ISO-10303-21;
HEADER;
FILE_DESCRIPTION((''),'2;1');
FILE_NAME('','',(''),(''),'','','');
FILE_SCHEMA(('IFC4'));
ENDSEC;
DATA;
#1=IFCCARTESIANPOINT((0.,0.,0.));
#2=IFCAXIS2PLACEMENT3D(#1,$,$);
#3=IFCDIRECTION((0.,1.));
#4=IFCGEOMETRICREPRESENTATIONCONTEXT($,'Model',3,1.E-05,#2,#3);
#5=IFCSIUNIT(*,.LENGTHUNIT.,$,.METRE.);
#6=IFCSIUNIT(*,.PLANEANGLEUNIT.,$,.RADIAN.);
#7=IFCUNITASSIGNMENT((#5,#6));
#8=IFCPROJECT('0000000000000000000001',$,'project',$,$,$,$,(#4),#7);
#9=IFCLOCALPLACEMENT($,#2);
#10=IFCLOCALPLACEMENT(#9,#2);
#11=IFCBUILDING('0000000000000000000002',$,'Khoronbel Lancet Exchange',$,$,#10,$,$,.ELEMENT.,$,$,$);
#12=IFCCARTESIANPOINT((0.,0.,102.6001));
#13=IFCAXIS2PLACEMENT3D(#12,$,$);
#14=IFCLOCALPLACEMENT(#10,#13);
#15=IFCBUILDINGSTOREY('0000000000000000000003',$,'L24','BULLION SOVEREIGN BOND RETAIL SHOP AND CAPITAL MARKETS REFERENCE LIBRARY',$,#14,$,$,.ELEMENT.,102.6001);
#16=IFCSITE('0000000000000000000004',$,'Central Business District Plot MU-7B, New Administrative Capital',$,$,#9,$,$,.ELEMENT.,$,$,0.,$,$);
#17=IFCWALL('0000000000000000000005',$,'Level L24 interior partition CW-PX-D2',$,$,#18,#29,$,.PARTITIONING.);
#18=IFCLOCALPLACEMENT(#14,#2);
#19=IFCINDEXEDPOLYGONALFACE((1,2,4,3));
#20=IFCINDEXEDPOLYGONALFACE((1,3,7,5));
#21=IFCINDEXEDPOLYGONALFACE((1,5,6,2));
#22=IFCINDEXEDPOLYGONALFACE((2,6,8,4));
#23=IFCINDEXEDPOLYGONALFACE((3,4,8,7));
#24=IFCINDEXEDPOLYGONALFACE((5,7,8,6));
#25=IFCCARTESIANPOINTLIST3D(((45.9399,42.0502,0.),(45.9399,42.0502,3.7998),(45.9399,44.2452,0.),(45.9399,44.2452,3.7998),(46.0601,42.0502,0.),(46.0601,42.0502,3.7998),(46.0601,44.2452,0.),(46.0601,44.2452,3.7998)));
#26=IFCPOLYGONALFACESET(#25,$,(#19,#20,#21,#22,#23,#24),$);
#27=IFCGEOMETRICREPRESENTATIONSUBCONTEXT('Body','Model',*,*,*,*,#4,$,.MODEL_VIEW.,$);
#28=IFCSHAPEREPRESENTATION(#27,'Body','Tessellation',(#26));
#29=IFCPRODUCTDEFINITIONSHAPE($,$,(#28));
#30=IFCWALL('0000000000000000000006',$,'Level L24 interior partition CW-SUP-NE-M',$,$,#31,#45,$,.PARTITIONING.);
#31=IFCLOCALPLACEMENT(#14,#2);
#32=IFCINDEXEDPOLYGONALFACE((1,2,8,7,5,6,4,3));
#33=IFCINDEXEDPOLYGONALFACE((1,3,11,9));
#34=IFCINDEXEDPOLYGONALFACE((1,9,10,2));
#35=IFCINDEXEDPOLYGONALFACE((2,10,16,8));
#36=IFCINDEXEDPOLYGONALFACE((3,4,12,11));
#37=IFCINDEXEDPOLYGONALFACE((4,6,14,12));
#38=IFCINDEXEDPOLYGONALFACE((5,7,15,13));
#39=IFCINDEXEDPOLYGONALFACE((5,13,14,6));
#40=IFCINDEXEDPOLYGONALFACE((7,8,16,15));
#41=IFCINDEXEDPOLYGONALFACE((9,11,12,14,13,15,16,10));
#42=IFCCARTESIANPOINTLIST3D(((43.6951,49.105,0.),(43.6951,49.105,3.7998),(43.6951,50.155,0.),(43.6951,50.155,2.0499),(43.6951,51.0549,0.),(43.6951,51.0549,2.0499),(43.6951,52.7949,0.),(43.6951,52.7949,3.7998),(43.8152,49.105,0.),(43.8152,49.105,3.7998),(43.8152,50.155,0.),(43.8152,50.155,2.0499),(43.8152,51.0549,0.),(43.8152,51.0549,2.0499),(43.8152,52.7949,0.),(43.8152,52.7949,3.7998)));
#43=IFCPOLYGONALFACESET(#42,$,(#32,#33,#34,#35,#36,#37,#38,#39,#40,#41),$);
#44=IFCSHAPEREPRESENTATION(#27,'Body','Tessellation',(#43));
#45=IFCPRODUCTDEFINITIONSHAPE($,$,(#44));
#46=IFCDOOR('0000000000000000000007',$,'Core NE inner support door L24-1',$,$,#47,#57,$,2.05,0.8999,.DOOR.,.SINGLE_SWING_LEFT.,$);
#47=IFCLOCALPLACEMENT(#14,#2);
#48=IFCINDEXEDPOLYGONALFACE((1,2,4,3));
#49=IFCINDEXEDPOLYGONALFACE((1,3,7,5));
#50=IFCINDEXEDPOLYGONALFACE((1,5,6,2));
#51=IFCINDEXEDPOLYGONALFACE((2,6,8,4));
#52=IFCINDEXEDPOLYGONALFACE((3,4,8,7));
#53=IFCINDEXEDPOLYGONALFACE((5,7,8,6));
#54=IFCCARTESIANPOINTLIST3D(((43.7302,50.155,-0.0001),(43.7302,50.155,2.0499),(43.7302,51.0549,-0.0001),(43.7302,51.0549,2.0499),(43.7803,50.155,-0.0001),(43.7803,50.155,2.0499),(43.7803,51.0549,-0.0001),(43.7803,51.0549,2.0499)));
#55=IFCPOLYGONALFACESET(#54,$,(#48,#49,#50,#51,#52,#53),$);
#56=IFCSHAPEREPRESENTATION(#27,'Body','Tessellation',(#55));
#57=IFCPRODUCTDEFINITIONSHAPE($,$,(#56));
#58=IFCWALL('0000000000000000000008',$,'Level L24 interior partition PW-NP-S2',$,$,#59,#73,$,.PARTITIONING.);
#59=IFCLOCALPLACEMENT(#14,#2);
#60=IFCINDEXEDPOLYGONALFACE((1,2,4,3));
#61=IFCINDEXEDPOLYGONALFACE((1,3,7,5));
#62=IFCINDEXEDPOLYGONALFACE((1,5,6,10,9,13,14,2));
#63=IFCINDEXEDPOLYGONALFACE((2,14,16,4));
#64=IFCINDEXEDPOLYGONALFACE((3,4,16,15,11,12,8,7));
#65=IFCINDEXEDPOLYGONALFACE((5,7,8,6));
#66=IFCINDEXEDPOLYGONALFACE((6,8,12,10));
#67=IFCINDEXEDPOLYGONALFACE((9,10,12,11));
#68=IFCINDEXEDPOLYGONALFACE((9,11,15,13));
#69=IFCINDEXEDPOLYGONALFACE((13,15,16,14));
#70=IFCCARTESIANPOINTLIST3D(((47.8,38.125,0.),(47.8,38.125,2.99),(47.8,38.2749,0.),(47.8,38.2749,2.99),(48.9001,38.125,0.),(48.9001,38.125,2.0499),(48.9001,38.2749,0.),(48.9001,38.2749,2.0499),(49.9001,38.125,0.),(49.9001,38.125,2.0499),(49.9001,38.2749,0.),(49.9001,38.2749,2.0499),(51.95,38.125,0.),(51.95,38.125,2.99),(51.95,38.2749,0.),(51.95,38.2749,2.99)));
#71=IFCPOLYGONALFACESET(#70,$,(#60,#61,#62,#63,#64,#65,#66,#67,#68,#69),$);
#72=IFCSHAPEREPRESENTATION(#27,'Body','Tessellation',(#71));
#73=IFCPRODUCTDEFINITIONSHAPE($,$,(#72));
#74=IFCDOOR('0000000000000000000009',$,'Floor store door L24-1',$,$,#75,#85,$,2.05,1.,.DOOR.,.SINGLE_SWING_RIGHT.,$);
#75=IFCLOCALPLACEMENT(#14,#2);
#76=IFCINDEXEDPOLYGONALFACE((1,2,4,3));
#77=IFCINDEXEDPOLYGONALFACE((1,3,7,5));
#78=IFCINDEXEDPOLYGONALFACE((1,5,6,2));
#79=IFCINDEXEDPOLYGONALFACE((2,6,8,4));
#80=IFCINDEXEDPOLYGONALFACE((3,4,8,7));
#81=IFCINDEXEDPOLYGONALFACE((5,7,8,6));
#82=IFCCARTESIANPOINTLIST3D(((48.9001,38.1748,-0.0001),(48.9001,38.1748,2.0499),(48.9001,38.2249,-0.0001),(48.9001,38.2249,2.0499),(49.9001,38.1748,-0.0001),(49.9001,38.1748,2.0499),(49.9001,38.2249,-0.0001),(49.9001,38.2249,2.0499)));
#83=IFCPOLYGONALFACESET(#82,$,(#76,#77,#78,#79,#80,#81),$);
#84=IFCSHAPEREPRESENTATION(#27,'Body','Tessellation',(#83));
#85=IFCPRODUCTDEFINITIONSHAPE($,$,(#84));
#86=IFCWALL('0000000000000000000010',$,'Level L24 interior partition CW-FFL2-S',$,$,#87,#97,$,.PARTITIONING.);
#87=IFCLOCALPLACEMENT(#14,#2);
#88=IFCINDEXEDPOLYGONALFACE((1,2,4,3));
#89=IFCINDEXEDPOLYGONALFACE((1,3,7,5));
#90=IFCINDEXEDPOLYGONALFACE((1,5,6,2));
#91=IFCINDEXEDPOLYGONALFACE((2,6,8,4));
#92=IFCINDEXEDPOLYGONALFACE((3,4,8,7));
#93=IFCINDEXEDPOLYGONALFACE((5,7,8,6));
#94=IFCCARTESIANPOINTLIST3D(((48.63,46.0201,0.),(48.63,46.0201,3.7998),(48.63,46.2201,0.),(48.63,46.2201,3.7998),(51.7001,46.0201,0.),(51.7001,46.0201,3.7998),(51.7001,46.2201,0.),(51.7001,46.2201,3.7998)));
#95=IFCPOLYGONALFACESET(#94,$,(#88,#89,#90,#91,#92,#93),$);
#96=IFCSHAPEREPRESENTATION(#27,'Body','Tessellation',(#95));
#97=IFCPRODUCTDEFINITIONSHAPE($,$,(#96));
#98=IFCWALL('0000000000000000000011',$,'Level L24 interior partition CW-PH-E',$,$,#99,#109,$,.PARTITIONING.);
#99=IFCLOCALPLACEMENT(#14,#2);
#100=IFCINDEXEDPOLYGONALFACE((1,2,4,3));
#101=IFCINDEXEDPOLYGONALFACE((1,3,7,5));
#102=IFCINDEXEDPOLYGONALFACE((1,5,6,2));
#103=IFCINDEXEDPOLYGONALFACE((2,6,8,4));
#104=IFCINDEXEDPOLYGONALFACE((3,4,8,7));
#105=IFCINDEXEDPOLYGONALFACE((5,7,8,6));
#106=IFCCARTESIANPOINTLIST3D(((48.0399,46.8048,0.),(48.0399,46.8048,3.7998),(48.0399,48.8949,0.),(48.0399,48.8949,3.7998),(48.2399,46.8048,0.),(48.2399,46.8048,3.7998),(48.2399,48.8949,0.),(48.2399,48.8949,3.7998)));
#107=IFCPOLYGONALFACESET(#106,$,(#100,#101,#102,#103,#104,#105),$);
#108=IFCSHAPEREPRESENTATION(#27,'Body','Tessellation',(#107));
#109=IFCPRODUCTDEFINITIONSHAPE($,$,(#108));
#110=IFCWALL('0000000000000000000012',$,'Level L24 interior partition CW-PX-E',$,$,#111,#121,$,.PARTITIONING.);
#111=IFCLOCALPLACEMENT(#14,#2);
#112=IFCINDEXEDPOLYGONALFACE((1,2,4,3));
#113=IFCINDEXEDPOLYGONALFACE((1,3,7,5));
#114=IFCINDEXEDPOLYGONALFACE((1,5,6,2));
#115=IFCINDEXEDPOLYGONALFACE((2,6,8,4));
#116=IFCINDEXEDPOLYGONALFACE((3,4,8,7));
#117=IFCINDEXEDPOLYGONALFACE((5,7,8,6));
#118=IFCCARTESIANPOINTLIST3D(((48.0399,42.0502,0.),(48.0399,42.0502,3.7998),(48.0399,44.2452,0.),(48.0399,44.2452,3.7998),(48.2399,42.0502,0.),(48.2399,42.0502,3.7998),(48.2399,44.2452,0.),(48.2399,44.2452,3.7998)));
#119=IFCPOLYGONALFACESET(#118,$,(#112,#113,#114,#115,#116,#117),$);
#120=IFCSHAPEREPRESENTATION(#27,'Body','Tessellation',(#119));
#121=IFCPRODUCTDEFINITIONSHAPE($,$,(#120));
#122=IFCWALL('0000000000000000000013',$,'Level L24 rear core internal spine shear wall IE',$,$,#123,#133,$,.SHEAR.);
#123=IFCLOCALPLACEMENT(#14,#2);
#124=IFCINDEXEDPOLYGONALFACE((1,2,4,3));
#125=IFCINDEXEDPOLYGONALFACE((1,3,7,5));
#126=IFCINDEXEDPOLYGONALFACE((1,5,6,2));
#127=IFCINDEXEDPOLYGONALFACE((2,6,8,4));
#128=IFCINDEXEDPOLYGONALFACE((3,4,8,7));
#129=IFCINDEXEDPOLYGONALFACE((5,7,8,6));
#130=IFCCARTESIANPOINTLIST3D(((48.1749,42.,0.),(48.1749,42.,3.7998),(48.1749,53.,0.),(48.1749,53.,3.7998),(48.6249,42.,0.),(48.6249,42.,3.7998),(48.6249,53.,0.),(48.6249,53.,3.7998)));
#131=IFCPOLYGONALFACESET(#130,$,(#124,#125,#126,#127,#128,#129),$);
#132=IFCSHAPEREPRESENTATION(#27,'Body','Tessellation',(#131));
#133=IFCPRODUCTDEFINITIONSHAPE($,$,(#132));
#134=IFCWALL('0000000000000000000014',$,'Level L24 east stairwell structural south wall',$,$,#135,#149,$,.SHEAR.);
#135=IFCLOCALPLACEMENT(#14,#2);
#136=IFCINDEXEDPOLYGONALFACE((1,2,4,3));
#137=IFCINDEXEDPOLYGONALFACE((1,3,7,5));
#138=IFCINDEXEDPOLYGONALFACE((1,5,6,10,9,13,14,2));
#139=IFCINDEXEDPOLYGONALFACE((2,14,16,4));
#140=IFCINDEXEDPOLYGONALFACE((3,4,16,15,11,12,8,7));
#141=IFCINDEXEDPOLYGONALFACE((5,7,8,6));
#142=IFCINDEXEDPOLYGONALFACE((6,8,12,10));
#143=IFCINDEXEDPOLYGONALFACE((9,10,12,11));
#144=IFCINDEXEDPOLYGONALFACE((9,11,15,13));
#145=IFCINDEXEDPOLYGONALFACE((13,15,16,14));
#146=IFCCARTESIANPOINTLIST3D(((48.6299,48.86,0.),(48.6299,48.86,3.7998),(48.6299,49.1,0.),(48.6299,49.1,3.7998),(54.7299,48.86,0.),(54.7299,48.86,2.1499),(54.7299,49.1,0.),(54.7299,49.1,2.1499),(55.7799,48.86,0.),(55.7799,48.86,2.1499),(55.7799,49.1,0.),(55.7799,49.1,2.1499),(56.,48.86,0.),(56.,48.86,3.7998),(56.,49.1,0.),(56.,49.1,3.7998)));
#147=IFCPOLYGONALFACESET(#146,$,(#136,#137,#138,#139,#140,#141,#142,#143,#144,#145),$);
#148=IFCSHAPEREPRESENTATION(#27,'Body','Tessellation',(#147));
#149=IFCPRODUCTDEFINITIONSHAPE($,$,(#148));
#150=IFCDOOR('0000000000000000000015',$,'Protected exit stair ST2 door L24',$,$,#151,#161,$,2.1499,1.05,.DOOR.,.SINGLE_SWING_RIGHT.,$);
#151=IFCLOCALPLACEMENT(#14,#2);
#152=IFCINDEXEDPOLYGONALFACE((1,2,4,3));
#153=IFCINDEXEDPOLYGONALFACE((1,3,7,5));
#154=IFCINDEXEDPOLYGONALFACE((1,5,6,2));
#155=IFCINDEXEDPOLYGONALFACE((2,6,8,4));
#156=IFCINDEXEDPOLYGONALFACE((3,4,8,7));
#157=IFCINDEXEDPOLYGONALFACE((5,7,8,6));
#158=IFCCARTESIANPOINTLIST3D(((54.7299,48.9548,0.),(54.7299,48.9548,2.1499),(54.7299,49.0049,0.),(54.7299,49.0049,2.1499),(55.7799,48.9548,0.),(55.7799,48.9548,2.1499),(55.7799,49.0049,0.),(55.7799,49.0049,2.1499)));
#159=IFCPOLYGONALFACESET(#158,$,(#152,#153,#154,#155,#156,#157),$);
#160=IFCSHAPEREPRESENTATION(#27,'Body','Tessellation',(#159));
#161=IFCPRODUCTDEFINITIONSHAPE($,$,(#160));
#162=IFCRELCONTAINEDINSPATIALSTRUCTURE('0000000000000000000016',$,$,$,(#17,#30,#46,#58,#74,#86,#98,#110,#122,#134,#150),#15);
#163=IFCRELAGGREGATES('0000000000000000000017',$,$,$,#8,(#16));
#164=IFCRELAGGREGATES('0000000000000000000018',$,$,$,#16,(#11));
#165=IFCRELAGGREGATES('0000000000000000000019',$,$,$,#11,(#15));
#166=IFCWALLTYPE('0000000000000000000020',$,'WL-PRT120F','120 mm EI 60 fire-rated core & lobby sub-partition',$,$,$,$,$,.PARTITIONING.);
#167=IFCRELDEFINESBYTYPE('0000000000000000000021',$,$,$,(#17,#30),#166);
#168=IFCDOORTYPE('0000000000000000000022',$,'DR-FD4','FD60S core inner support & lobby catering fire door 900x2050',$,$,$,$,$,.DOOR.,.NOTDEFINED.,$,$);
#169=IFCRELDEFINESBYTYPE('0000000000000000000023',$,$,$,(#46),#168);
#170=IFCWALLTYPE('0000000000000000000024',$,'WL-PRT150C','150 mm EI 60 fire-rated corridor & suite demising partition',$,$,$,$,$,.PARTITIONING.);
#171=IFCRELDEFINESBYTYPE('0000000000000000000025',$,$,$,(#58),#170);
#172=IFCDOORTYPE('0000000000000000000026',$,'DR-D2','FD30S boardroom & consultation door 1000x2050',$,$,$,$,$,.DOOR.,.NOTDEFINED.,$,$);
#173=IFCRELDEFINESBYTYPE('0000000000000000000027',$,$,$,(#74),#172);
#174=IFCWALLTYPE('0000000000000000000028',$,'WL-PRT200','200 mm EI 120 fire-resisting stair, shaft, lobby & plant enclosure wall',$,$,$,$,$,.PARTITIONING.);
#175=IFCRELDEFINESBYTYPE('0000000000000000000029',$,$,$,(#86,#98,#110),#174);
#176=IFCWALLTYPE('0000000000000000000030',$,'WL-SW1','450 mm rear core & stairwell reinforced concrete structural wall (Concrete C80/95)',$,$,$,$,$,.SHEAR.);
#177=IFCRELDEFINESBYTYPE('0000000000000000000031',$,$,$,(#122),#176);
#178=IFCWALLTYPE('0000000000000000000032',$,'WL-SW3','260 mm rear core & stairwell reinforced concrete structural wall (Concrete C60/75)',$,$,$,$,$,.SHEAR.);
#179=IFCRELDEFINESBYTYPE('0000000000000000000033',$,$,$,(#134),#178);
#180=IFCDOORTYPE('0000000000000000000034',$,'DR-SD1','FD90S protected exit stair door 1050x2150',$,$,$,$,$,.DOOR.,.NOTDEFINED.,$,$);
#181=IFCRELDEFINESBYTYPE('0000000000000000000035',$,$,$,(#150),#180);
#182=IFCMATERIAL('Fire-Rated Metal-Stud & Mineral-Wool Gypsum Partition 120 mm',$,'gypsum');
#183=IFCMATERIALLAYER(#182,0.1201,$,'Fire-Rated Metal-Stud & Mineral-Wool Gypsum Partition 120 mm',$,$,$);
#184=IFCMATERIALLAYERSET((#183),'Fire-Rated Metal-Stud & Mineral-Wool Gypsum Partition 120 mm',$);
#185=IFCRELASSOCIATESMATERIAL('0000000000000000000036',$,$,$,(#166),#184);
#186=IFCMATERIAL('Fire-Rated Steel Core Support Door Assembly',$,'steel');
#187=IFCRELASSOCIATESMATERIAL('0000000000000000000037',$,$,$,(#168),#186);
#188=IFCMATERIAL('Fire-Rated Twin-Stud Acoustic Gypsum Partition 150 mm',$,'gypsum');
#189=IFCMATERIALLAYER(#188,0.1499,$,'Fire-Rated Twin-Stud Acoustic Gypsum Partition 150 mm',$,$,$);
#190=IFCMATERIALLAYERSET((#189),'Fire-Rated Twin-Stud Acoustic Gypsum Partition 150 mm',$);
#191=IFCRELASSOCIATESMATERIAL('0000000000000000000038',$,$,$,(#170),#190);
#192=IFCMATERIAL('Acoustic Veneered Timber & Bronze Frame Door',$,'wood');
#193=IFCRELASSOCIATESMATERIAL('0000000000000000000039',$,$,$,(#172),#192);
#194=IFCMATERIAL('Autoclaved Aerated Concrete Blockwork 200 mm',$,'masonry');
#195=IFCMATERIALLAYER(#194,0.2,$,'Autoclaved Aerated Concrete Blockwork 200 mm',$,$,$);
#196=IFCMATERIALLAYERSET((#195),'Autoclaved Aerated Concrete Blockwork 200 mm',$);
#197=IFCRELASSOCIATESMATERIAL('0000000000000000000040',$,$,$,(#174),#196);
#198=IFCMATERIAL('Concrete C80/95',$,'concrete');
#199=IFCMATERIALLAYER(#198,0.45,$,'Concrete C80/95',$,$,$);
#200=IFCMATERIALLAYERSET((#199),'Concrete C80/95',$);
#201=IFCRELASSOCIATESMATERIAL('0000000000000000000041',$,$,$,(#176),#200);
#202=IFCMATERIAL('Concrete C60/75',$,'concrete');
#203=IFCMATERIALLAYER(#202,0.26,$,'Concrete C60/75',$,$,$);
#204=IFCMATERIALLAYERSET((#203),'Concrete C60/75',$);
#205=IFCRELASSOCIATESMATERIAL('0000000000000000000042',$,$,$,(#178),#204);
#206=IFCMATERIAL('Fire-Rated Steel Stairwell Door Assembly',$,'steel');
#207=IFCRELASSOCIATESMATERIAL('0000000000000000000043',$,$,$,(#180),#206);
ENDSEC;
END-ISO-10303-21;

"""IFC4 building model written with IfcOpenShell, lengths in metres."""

from ifc_helpers import new_model, si_unit, direction, frame, frame_2d, origin, place, context, subcontext, project, spatial, rectangle, extrude, material, layer, layer_set, type_object, element, fill, save


model = new_model("IFC4")

# Units and contexts
model_context = context("Model", 3, precision=1e-05, world=origin(), true_north=direction((0.0, 1.0)))
body_context = subcontext(model_context, "Body", "Model", "MODEL_VIEW")
ifc_project = project(units=[si_unit("LENGTHUNIT", "METRE"), si_unit("PLANEANGLEUNIT", "RADIAN")], contexts=[model_context])

# Site, building, storey
site_placement = place(None, origin())
site = spatial("IfcSite", under=ifc_project, at=site_placement, Name="Central Business District Plot MU-7B, New Administrative Capital", CompositionType="ELEMENT", RefElevation=0.0)
building_placement = place(site_placement, origin())
building = spatial("IfcBuilding", under=site, at=building_placement, Name="Khoronbel Lancet Exchange", CompositionType="ELEMENT")
storey_placement = place(building_placement, frame((0.0, 0.0, 102.6001)))
storey = spatial("IfcBuildingStorey", under=building, at=storey_placement, Name="L24", Description="BULLION SOVEREIGN BOND RETAIL SHOP AND CAPITAL MARKETS REFERENCE LIBRARY", CompositionType="ELEMENT", Elevation=102.6001)

# Wall
ifc_material_1 = material(Name="Fire-Rated Metal-Stud & Mineral-Wool Gypsum Partition 120 mm", Category="gypsum")
ifc_layer_1 = layer(ifc_material_1, 0.1201, Name="Fire-Rated Metal-Stud & Mineral-Wool Gypsum Partition 120 mm")
ifc_layer_set_1 = layer_set([ifc_layer_1], Name="Fire-Rated Metal-Stud & Mineral-Wool Gypsum Partition 120 mm")
wall_type_1 = type_object("IfcWallType", Name="WL-PRT120F", Description="120 mm EI 60 fire-rated core & lobby sub-partition", PredefinedType="PARTITIONING", material=ifc_layer_set_1)
for number, where, z_axis, x_axis, name in (
    (1, (46.0, 42.05, 0.0), (0.0, 0.0, 1.0), (0.0, 1.0, 0.0), "Level L24 interior partition CW-PX-D2"),
):
    element("IfcWall", number, at=place(storey_placement, frame(where, z_axis=z_axis, x_axis=x_axis)), inside=storey, type_object=wall_type_1, Name=name, PredefinedType="PARTITIONING", context=body_context, shape_type="SweptSolid", body=[
        extrude(rectangle(XDim=2.1951, YDim=0.1201, at=frame_2d((1.0977, 0.0))), origin(), (0.0, 0.0, 1.0), 3.7998),
    ])

# Walls, openings, doors
wall_1_placement = place(storey_placement, frame((43.7551, 49.105, 0.0), z_axis=(0.0, 0.0, 1.0), x_axis=(0.0, 1.0, 0.0)))
wall_1 = element("IfcWall", 2, at=wall_1_placement, inside=storey, type_object=wall_type_1, Name="Level L24 interior partition CW-SUP-NE-M", PredefinedType="PARTITIONING", context=body_context, shape_type="SweptSolid", body=[
    extrude(rectangle(XDim=3.6899, YDim=0.1201, at=frame_2d((1.845, 0.0))), origin(), (0.0, 0.0, 1.0), 3.7998),
])
opening_1_placement = place(wall_1_placement, frame((1.05, 0.0, 0.0)))
opening_1 = element("IfcOpeningElement", 3, at=opening_1_placement, cuts=wall_1, PredefinedType="OPENING", context=body_context, shape_type="SweptSolid", body=[
    extrude(rectangle(XDim=0.8999, YDim=2.05, at=frame_2d((0.45, 1.0249))), frame((0.0, 0.0701, 0.0), z_axis=(0.0, -1.0, 0.0), x_axis=(1.0, 0.0, 0.0)), (0.0, 0.0, 1.0), 0.1401),
])
ifc_material_2 = material(Name="Fire-Rated Steel Core Support Door Assembly", Category="steel")
door_type_1 = type_object("IfcDoorType", Name="DR-FD4", Description="FD60S core inner support & lobby catering fire door 900x2050", OperationType="NOTDEFINED", PredefinedType="DOOR", material=ifc_material_2)
door_1_placement = place(opening_1_placement, origin())
door_1 = element("IfcDoor", 4, at=door_1_placement, inside=storey, type_object=door_type_1, Name="Core NE inner support door L24-1", OperationType="SINGLE_SWING_LEFT", OverallHeight=2.05, OverallWidth=0.8999, PredefinedType="DOOR", context=body_context, shape_type="SweptSolid", body=[
    extrude(rectangle(XDim=0.8999, YDim=2.05, at=frame_2d((0.45, 1.0249))), frame((0.0, 0.0249, 0.0), z_axis=(0.0, -1.0, 0.0), x_axis=(1.0, 0.0, 0.0)), (0.0, 0.0, 1.0), 0.05),
])
fill(opening_1, door_1)
ifc_material_3 = material(Name="Fire-Rated Twin-Stud Acoustic Gypsum Partition 150 mm", Category="gypsum")
ifc_layer_2 = layer(ifc_material_3, 0.1499, Name="Fire-Rated Twin-Stud Acoustic Gypsum Partition 150 mm")
ifc_layer_set_2 = layer_set([ifc_layer_2], Name="Fire-Rated Twin-Stud Acoustic Gypsum Partition 150 mm")
wall_type_2 = type_object("IfcWallType", Name="WL-PRT150C", Description="150 mm EI 60 fire-rated corridor & suite demising partition", PredefinedType="PARTITIONING", material=ifc_layer_set_2)
wall_2_placement = place(storey_placement, frame((47.8, 38.2, 0.0), z_axis=(0.0, 0.0, 1.0), x_axis=(1.0, 0.0, 0.0)))
wall_2 = element("IfcWall", 5, at=wall_2_placement, inside=storey, type_object=wall_type_2, Name="Level L24 interior partition PW-NP-S2", PredefinedType="PARTITIONING", context=body_context, shape_type="SweptSolid", body=[
    extrude(rectangle(XDim=4.1499, YDim=0.1499, at=frame_2d((2.075, 0.0))), origin(), (0.0, 0.0, 1.0), 2.99),
])
opening_2_placement = place(wall_2_placement, frame((1.1001, 0.0, 0.0)))
opening_2 = element("IfcOpeningElement", 6, at=opening_2_placement, cuts=wall_2, PredefinedType="OPENING", context=body_context, shape_type="SweptSolid", body=[
    extrude(rectangle(XDim=1.0, YDim=2.05, at=frame_2d((0.5, 1.0249))), frame((0.0, 0.085, 0.0), z_axis=(0.0, -1.0, 0.0), x_axis=(1.0, 0.0, 0.0)), (0.0, 0.0, 1.0), 0.1699),
])
ifc_material_4 = material(Name="Acoustic Veneered Timber & Bronze Frame Door", Category="wood")
door_type_2 = type_object("IfcDoorType", Name="DR-D2", Description="FD30S boardroom & consultation door 1000x2050", OperationType="NOTDEFINED", PredefinedType="DOOR", material=ifc_material_4)
door_2_placement = place(opening_2_placement, origin())
door_2 = element("IfcDoor", 7, at=door_2_placement, inside=storey, type_object=door_type_2, Name="Floor store door L24-1", OperationType="SINGLE_SWING_RIGHT", OverallHeight=2.05, OverallWidth=1.0, PredefinedType="DOOR", context=body_context, shape_type="SweptSolid", body=[
    extrude(rectangle(XDim=1.0, YDim=2.05, at=frame_2d((0.5, 1.0249))), frame((0.0, 0.0249, 0.0), z_axis=(0.0, -1.0, 0.0), x_axis=(1.0, 0.0, 0.0)), (0.0, 0.0, 1.0), 0.05),
])
fill(opening_2, door_2)

# Walls
ifc_material_5 = material(Name="Autoclaved Aerated Concrete Blockwork 200 mm", Category="masonry")
ifc_layer_3 = layer(ifc_material_5, 0.2, Name="Autoclaved Aerated Concrete Blockwork 200 mm")
ifc_layer_set_3 = layer_set([ifc_layer_3], Name="Autoclaved Aerated Concrete Blockwork 200 mm")
wall_type_3 = type_object("IfcWallType", Name="WL-PRT200", Description="200 mm EI 120 fire-resisting stair, shaft, lobby & plant enclosure wall", PredefinedType="PARTITIONING", material=ifc_layer_set_3)
wall_3_placement = place(storey_placement, frame((48.6299, 46.1201, 0.0), z_axis=(0.0, 0.0, 1.0), x_axis=(1.0, 0.0, 0.0)))
element("IfcWall", 8, at=wall_3_placement, inside=storey, type_object=wall_type_3, Name="Level L24 interior partition CW-FFL2-S", PredefinedType="PARTITIONING", context=body_context, shape_type="SweptSolid", body=[
    extrude(rectangle(XDim=3.0701, YDim=0.2, at=frame_2d((1.5352, 0.0))), origin(), (0.0, 0.0, 1.0), 3.7998),
])
wall_4_placement = place(storey_placement, frame((48.1399, 46.8049, 0.0), z_axis=(0.0, 0.0, 1.0), x_axis=(0.0, 1.0, 0.0)))
element("IfcWall", 9, at=wall_4_placement, inside=storey, type_object=wall_type_3, Name="Level L24 interior partition CW-PH-E", PredefinedType="PARTITIONING", context=body_context, shape_type="SweptSolid", body=[
    extrude(rectangle(XDim=2.0901, YDim=0.2, at=frame_2d((1.0449, 0.0))), origin(), (0.0, 0.0, 1.0), 3.7998),
])
wall_5_placement = place(storey_placement, frame((48.1399, 42.05, 0.0), z_axis=(0.0, 0.0, 1.0), x_axis=(0.0, 1.0, 0.0)))
element("IfcWall", 10, at=wall_5_placement, inside=storey, type_object=wall_type_3, Name="Level L24 interior partition CW-PX-E", PredefinedType="PARTITIONING", context=body_context, shape_type="SweptSolid", body=[
    extrude(rectangle(XDim=2.1951, YDim=0.2, at=frame_2d((1.0977, 0.0))), origin(), (0.0, 0.0, 1.0), 3.7998),
])
ifc_material_6 = material(Name="Concrete C80/95", Category="concrete")
ifc_layer_4 = layer(ifc_material_6, 0.45, Name="Concrete C80/95")
ifc_layer_set_4 = layer_set([ifc_layer_4], Name="Concrete C80/95")
wall_type_4 = type_object("IfcWallType", Name="WL-SW1", Description="450 mm rear core & stairwell reinforced concrete structural wall (Concrete C80/95)", PredefinedType="SHEAR", material=ifc_layer_set_4)
wall_6_placement = place(storey_placement, frame((48.3999, 42.0, 0.0), z_axis=(0.0, 0.0, 1.0), x_axis=(0.0, 1.0, 0.0)))
element("IfcWall", 11, at=wall_6_placement, inside=storey, type_object=wall_type_4, Name="Level L24 rear core internal spine shear wall IE", PredefinedType="SHEAR", context=body_context, shape_type="SweptSolid", body=[
    extrude(rectangle(XDim=11.0, YDim=0.45, at=frame_2d((5.5, 0.0))), origin(), (0.0, 0.0, 1.0), 3.7998),
])

# Wall, opening, door
ifc_material_7 = material(Name="Concrete C60/75", Category="concrete")
ifc_layer_5 = layer(ifc_material_7, 0.26, Name="Concrete C60/75")
ifc_layer_set_5 = layer_set([ifc_layer_5], Name="Concrete C60/75")
wall_type_5 = type_object("IfcWallType", Name="WL-SW3", Description="260 mm rear core & stairwell reinforced concrete structural wall (Concrete C60/75)", PredefinedType="SHEAR", material=ifc_layer_set_5)
wall_7_placement = place(storey_placement, frame((48.6299, 48.98, 0.0), z_axis=(0.0, 0.0, 1.0), x_axis=(1.0, 0.0, 0.0)))
wall_7 = element("IfcWall", 12, at=wall_7_placement, inside=storey, type_object=wall_type_5, Name="Level L24 east stairwell structural south wall", PredefinedType="SHEAR", context=body_context, shape_type="SweptSolid", body=[
    extrude(rectangle(XDim=7.3701, YDim=0.24, at=frame_2d((3.6851, 0.0))), origin(), (0.0, 0.0, 1.0), 3.7998),
])
opening_3_placement = place(wall_7_placement, frame((6.1001, 0.0, 0.0)))
opening_3 = element("IfcOpeningElement", 13, at=opening_3_placement, cuts=wall_7, PredefinedType="OPENING", context=body_context, shape_type="SweptSolid", body=[
    extrude(rectangle(XDim=1.05, YDim=2.1499, at=frame_2d((0.5249, 1.075))), frame((0.0, 0.1299, 0.0), z_axis=(0.0, -1.0, 0.0), x_axis=(1.0, 0.0, 0.0)), (0.0, 0.0, 1.0), 0.26),
])
ifc_material_8 = material(Name="Fire-Rated Steel Stairwell Door Assembly", Category="steel")
door_type_3 = type_object("IfcDoorType", Name="DR-SD1", Description="FD90S protected exit stair door 1050x2150", OperationType="NOTDEFINED", PredefinedType="DOOR", material=ifc_material_8)
door_3_placement = place(opening_3_placement, origin())
door_3 = element("IfcDoor", 14, at=door_3_placement, inside=storey, type_object=door_type_3, Name="Protected exit stair ST2 door L24", OperationType="SINGLE_SWING_RIGHT", OverallHeight=2.1499, OverallWidth=1.05, PredefinedType="DOOR", context=body_context, shape_type="SweptSolid", body=[
    extrude(rectangle(XDim=1.05, YDim=2.1499, at=frame_2d((0.5249, 1.075))), frame((0.0, 0.0249, 0.0), z_axis=(0.0, -1.0, 0.0), x_axis=(1.0, 0.0, 0.0)), (0.0, 0.0, 1.0), 0.05),
])
fill(opening_3, door_3)

save(model, "model.ifc")
